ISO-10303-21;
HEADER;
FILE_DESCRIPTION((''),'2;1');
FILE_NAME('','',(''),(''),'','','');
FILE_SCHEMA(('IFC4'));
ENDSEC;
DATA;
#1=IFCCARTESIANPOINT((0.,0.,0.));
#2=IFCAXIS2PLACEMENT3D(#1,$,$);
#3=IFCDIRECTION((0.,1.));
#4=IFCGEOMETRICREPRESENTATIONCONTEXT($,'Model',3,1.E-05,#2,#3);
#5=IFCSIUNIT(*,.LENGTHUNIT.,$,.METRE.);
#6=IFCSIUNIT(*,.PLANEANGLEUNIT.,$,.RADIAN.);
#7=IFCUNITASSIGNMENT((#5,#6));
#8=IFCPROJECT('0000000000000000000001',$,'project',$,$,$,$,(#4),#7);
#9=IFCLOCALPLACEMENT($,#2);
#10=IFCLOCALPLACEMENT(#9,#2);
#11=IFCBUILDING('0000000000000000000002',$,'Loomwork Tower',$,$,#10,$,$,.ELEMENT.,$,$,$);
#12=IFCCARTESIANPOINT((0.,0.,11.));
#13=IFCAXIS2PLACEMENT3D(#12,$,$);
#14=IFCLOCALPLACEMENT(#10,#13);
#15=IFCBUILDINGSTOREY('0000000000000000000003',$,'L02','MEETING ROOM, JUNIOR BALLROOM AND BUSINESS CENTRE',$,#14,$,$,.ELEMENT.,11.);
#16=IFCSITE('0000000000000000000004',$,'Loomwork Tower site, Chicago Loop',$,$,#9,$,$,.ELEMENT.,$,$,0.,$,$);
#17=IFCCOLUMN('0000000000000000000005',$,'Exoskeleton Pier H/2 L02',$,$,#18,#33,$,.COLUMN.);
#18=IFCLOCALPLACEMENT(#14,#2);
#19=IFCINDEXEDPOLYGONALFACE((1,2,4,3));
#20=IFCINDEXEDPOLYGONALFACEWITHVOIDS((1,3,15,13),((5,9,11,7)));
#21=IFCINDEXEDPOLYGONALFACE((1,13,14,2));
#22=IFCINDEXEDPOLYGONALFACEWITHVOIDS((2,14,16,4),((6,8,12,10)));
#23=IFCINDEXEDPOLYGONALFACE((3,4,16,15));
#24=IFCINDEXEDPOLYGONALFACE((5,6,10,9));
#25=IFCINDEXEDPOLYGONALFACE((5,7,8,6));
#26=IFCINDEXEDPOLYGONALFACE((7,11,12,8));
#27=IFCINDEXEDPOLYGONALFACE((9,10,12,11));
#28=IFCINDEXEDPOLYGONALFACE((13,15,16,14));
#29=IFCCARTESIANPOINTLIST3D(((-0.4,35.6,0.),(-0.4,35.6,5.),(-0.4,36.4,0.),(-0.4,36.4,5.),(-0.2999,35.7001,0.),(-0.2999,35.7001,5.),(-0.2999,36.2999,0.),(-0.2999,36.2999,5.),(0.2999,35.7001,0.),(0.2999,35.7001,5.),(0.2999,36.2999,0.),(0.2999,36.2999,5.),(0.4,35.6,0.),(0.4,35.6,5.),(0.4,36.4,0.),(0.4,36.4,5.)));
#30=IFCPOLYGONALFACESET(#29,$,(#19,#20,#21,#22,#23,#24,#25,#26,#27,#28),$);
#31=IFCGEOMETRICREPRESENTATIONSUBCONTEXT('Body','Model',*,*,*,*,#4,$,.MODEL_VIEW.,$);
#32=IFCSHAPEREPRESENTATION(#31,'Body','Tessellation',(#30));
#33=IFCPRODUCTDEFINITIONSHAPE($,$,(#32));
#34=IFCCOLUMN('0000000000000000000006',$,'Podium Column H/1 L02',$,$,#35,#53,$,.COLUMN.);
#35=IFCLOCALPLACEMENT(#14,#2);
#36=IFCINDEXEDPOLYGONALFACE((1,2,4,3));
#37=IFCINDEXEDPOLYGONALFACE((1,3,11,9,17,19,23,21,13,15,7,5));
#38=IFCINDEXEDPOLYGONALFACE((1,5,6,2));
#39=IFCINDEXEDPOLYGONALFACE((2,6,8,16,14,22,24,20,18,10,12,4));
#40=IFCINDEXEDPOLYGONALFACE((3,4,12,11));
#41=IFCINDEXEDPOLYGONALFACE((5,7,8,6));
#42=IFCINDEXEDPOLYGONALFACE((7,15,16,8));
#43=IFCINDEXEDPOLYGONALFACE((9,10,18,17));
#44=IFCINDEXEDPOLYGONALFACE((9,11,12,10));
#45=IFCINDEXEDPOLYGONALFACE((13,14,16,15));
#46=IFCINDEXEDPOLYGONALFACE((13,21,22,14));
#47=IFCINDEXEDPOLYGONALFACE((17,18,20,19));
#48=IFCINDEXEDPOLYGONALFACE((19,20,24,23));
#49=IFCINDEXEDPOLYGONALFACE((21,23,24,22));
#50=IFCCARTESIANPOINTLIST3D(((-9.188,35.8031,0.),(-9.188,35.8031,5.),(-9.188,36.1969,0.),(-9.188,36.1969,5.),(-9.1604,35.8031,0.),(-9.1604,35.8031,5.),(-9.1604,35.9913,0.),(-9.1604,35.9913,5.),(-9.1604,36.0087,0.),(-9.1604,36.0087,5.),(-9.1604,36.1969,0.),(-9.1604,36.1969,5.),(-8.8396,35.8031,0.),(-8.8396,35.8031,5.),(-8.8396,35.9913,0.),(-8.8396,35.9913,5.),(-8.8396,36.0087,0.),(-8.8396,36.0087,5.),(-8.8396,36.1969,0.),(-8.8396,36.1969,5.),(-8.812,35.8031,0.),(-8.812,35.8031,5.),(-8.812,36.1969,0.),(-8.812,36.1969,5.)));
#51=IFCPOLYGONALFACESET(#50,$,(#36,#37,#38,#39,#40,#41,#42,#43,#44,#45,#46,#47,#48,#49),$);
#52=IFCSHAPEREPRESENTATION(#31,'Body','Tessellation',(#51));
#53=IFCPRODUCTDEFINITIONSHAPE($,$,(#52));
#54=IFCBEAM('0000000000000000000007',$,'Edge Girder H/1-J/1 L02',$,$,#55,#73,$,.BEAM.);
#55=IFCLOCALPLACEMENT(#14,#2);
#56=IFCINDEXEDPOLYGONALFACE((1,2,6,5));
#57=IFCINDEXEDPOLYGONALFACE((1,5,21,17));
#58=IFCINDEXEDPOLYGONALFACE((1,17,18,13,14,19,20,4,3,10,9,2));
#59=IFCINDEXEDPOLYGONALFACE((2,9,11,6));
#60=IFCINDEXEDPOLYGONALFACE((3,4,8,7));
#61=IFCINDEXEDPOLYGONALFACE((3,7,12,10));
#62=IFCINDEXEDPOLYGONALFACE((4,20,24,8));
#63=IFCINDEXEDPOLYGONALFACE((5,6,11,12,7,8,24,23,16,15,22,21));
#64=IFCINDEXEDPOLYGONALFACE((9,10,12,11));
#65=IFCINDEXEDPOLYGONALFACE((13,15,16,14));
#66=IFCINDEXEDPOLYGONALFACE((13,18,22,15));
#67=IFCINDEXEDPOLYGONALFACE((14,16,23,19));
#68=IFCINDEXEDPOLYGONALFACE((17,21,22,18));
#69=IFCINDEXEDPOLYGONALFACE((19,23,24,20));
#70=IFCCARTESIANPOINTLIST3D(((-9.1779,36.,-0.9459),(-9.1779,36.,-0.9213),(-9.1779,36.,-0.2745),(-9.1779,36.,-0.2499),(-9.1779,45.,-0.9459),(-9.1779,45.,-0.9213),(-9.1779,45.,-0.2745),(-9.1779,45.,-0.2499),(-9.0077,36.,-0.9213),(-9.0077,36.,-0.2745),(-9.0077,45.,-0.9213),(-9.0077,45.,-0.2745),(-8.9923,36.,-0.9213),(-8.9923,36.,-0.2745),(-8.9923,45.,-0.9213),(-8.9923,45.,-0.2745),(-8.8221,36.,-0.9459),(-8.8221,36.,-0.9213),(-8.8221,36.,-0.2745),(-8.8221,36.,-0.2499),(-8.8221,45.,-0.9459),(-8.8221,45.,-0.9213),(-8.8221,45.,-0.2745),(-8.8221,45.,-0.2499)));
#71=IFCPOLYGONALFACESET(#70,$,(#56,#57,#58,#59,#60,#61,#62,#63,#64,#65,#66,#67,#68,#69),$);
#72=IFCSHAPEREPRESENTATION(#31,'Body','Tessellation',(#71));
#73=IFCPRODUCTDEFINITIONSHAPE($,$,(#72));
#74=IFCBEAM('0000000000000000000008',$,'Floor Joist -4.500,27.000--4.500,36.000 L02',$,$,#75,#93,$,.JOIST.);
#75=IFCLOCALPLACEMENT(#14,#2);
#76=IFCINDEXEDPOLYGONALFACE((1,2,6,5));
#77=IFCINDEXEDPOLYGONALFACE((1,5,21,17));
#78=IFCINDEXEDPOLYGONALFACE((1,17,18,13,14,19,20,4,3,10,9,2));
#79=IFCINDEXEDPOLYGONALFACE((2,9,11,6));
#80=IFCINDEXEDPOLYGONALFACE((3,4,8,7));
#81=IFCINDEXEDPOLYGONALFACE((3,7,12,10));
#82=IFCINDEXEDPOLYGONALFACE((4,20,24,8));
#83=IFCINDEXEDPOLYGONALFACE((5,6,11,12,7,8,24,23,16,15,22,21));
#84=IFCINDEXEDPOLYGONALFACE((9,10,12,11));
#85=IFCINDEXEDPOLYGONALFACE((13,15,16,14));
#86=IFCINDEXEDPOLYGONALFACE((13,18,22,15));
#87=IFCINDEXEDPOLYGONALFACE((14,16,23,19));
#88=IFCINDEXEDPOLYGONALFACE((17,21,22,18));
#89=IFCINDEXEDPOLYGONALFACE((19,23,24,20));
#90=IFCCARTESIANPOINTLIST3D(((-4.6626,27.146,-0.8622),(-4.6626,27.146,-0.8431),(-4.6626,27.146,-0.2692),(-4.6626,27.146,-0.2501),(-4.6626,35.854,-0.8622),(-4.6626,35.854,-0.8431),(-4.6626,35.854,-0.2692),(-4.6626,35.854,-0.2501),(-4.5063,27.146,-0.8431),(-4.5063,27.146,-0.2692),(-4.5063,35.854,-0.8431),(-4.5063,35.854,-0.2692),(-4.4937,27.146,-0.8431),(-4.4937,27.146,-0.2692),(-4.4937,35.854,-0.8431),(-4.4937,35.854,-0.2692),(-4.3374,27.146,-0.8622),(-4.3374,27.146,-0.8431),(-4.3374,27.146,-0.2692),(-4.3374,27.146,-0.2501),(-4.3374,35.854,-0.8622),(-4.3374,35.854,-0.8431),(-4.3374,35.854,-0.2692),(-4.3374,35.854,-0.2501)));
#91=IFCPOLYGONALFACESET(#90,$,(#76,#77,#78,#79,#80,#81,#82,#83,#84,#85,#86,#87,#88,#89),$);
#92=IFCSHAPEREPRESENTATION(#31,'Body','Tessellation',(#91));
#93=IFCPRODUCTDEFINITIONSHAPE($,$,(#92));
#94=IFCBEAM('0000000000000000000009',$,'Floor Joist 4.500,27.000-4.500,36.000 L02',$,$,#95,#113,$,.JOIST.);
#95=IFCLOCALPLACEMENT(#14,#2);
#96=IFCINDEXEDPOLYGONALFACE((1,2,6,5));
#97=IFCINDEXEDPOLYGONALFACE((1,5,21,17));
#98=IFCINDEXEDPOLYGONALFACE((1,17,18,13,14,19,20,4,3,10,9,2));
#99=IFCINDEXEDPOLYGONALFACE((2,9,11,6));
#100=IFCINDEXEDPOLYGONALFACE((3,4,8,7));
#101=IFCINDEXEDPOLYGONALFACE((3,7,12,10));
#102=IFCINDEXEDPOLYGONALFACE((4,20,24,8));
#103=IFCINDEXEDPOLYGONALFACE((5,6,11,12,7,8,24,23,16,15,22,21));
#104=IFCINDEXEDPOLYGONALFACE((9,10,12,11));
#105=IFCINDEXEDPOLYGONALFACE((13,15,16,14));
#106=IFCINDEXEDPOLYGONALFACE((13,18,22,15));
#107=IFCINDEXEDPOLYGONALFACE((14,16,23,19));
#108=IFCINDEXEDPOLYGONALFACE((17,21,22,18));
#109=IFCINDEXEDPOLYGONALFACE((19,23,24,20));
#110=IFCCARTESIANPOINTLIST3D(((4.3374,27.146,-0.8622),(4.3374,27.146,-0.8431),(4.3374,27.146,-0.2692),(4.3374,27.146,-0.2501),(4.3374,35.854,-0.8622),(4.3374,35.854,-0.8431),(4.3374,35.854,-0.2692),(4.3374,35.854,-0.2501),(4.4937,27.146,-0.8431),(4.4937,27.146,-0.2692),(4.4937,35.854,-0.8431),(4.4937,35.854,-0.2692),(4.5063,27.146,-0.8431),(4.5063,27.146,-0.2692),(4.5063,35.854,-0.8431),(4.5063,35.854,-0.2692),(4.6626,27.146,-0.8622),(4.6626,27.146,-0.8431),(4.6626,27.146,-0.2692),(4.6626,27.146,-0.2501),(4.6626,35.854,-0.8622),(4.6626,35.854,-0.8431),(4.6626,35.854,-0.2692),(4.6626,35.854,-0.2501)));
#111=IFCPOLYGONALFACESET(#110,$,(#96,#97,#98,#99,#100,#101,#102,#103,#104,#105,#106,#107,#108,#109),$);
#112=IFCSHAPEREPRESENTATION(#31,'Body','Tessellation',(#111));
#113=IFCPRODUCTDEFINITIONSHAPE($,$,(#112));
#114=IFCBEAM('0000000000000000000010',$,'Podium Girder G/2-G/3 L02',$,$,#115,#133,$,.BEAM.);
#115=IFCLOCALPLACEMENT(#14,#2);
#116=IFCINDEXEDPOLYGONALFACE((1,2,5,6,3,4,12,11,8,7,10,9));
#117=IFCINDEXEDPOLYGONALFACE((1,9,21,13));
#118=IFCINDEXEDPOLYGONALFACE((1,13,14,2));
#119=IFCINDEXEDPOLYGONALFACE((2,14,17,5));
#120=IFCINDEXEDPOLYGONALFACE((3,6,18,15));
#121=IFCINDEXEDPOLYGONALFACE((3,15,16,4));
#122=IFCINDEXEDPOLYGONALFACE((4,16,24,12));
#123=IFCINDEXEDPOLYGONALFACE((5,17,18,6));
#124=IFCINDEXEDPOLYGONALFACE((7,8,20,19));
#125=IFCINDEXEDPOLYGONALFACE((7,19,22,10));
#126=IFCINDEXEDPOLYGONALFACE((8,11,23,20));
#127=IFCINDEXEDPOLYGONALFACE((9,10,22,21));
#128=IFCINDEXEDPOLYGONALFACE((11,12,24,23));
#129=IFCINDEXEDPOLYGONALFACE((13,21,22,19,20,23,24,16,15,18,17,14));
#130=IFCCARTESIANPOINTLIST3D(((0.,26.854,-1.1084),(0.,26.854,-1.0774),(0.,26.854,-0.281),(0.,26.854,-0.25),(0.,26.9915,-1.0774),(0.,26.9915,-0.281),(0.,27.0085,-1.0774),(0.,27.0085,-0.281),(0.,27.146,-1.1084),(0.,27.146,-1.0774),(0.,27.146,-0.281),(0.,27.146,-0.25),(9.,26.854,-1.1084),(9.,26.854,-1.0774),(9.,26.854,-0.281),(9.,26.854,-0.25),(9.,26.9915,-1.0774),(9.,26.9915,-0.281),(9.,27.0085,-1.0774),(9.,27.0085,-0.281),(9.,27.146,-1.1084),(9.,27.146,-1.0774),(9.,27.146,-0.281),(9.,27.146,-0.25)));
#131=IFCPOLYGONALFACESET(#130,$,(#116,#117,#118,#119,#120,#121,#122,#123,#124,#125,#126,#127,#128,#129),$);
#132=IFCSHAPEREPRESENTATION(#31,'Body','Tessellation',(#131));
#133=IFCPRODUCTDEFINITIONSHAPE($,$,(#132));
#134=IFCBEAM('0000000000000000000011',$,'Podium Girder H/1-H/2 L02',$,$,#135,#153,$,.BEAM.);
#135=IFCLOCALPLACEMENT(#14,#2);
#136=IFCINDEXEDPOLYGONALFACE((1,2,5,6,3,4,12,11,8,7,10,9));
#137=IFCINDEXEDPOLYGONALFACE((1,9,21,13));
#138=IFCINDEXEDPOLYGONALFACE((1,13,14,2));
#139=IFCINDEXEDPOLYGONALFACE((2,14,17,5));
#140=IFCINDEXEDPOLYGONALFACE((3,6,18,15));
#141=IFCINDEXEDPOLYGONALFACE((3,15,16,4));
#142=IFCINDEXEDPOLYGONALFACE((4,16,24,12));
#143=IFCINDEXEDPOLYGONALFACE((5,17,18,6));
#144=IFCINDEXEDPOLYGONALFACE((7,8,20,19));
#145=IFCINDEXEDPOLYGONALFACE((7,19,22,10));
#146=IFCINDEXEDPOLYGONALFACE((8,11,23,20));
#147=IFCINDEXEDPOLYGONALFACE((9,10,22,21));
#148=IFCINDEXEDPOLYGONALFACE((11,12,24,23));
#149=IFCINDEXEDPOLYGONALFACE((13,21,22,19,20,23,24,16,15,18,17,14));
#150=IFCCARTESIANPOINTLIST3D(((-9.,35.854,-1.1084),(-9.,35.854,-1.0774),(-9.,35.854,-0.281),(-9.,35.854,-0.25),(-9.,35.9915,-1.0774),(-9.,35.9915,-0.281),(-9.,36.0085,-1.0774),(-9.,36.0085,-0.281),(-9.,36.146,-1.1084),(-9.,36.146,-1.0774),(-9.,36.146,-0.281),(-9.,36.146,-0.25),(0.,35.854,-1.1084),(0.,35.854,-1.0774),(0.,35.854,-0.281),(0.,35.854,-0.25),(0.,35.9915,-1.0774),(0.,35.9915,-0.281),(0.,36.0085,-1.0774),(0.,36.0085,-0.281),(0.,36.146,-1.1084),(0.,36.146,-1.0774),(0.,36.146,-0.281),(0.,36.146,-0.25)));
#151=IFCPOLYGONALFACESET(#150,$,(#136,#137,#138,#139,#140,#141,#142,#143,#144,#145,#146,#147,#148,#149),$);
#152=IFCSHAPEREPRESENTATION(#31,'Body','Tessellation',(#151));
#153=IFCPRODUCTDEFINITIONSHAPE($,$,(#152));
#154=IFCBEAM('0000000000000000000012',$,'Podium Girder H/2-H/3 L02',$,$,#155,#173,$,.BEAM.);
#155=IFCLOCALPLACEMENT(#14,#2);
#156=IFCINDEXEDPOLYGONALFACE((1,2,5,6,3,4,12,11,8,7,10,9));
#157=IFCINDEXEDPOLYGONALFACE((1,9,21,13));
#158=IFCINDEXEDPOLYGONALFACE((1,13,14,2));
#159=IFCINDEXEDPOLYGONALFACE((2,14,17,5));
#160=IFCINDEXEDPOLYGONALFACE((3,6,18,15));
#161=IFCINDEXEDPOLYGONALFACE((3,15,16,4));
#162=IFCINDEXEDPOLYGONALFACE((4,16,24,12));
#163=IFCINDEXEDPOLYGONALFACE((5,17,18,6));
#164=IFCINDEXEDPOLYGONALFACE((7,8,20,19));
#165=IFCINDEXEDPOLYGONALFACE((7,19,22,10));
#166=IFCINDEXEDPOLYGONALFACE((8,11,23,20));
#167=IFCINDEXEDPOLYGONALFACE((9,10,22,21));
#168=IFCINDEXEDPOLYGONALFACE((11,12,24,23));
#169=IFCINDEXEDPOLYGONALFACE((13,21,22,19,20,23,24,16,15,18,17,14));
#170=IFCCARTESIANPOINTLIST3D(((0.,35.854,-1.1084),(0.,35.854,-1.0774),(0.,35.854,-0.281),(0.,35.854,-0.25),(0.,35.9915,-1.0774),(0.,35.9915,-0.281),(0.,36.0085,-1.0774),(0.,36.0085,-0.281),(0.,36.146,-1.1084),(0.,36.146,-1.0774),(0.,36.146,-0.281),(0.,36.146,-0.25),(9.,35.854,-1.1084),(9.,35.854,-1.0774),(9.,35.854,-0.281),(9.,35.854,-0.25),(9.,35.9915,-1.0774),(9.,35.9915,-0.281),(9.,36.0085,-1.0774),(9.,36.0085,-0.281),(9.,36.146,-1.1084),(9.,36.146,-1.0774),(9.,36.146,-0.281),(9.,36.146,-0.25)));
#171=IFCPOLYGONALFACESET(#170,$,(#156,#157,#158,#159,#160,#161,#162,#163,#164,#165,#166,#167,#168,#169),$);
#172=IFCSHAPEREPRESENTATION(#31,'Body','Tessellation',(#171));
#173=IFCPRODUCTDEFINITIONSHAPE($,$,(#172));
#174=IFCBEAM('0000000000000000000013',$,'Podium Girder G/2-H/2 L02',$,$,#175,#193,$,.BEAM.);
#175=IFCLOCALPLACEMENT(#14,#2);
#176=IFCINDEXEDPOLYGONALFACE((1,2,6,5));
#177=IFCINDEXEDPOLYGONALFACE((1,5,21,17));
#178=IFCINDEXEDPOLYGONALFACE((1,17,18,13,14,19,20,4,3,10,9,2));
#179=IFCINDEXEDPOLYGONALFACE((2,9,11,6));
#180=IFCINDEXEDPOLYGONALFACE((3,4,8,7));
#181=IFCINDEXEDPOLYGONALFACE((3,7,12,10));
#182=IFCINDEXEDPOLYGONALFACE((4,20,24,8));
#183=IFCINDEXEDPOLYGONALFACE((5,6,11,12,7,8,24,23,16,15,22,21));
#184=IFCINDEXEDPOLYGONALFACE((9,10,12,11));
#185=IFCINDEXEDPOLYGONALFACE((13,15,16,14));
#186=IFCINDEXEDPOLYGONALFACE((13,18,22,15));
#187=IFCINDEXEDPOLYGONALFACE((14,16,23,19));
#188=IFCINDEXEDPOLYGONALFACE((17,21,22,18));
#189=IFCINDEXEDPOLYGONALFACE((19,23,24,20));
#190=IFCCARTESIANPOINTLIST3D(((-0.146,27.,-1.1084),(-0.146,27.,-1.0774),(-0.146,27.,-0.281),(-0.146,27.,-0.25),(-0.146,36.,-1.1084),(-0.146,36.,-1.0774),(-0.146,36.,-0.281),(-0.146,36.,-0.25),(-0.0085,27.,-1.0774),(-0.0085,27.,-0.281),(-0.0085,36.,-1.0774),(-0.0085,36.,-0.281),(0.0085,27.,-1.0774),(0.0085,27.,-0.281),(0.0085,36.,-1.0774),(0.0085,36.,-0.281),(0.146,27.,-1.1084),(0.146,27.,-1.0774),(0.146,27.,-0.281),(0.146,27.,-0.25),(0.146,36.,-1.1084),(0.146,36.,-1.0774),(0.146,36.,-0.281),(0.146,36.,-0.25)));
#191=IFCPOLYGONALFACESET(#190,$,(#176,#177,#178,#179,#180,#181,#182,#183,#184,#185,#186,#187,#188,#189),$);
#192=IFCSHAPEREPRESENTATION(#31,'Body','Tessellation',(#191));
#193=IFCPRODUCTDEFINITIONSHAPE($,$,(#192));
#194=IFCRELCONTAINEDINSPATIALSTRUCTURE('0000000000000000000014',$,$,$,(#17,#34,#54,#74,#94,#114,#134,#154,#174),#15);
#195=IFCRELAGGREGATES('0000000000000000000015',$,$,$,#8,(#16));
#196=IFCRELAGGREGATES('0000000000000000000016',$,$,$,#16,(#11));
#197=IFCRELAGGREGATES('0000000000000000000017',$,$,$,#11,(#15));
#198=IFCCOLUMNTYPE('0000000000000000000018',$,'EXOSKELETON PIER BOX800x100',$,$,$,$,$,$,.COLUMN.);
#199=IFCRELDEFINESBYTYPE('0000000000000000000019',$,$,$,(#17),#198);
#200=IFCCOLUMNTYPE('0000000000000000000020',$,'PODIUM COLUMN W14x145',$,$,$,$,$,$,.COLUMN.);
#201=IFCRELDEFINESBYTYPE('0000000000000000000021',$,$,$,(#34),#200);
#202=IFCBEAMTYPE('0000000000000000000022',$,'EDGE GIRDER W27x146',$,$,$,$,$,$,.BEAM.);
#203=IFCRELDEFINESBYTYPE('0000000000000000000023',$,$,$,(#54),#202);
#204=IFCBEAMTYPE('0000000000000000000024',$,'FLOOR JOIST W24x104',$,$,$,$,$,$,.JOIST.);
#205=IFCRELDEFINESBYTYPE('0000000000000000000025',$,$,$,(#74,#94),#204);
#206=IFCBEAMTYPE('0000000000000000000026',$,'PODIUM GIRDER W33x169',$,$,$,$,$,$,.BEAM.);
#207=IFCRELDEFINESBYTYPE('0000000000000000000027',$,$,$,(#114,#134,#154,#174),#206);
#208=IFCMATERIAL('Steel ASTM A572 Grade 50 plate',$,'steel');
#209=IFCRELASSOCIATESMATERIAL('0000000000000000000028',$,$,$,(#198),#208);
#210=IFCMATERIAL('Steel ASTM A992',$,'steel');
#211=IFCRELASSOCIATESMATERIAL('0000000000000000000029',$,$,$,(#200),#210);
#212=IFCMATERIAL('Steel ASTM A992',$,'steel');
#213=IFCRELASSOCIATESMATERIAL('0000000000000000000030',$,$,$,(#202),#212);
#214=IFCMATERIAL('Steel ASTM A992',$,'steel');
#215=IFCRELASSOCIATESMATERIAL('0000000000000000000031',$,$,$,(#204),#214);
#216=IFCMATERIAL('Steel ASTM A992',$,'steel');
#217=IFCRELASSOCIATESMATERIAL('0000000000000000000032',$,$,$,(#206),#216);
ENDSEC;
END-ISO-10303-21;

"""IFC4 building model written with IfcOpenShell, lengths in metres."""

from ifc_helpers import new_model, si_unit, direction, frame, origin, origin_2d, place, context, subcontext, project, spatial, hollow_rectangle, i_section, extrude, material, material_profile, profile_set, type_object, element, save


model = new_model("IFC4")

# Units and contexts
model_context = context("Model", 3, precision=1e-05, world=origin(), true_north=direction((0.0, 1.0)))
body_context = subcontext(model_context, "Body", "Model", "MODEL_VIEW")
ifc_project = project(units=[si_unit("LENGTHUNIT", "METRE"), si_unit("PLANEANGLEUNIT", "RADIAN")], contexts=[model_context])

# Site, building, storey
site_placement = place(None, origin())
site = spatial("IfcSite", under=ifc_project, at=site_placement, Name="Loomwork Tower site, Chicago Loop", CompositionType="ELEMENT", RefElevation=0.0)
building_placement = place(site_placement, origin())
building = spatial("IfcBuilding", under=site, at=building_placement, Name="Loomwork Tower", CompositionType="ELEMENT")
storey_placement = place(building_placement, frame((0.0, 0.0, 11.0)))
storey = spatial("IfcBuildingStorey", under=building, at=storey_placement, Name="L02", Description="MEETING ROOM, JUNIOR BALLROOM AND BUSINESS CENTRE", CompositionType="ELEMENT", Elevation=11.0)

# Columns
ifc_material_1 = material(Name="Steel ASTM A572 Grade 50 plate", Category="steel")
ifc_material_profile_1 = material_profile(ifc_material_1, hollow_rectangle(XDim=0.8, YDim=0.8, WallThickness=0.1001, at=origin_2d()), Name="BOX800x100")
ifc_profile_set_1 = profile_set([ifc_material_profile_1], Name="Steel ASTM A572 Grade 50 plate")
column_type_1 = type_object("IfcColumnType", Name="EXOSKELETON PIER BOX800x100", PredefinedType="COLUMN", material=ifc_profile_set_1)
column_1_placement = place(storey_placement, frame((0.0, 36.0, 0.0), z_axis=(0.0, 0.0, 1.0), x_axis=(1.0, 0.0, 0.0)))
element("IfcColumn", 1, at=column_1_placement, inside=storey, type_object=column_type_1, Name="Exoskeleton Pier H/2 L02", PredefinedType="COLUMN", context=body_context, shape_type="SweptSolid", body=[
    extrude(hollow_rectangle(XDim=0.8, YDim=0.8, WallThickness=0.1001, at=origin_2d()), origin(), (0.0, 0.0, 1.0), 5.0),
])
ifc_material_2 = material(Name="Steel ASTM A992", Category="steel")
ifc_material_profile_2 = material_profile(ifc_material_2, i_section(OverallWidth=0.3938, OverallDepth=0.376, WebThickness=0.0173, FlangeThickness=0.0276, at=origin_2d()), Name="W14x145")
ifc_profile_set_2 = profile_set([ifc_material_profile_2], Name="Steel ASTM A992")
column_type_2 = type_object("IfcColumnType", Name="PODIUM COLUMN W14x145", PredefinedType="COLUMN", material=ifc_profile_set_2)
column_2_placement = place(storey_placement, frame((-9.0, 36.0, 0.0), z_axis=(0.0, 0.0, 1.0), x_axis=(0.0, 1.0, 0.0)))
element("IfcColumn", 2, at=column_2_placement, inside=storey, type_object=column_type_2, Name="Podium Column H/1 L02", PredefinedType="COLUMN", context=body_context, shape_type="SweptSolid", body=[
    extrude(i_section(OverallWidth=0.3938, OverallDepth=0.376, WebThickness=0.0173, FlangeThickness=0.0276, at=origin_2d()), origin(), (0.0, 0.0, 1.0), 5.0),
])

# Beams
ifc_material_3 = material(Name="Steel ASTM A992", Category="steel")
ifc_material_profile_3 = material_profile(ifc_material_3, i_section(OverallWidth=0.3557, OverallDepth=0.696, WebThickness=0.0154, FlangeThickness=0.0247, at=origin_2d()), Name="W27x146")
ifc_profile_set_3 = profile_set([ifc_material_profile_3], Name="Steel ASTM A992")
beam_type_1 = type_object("IfcBeamType", Name="EDGE GIRDER W27x146", PredefinedType="BEAM", material=ifc_profile_set_3)
beam_placement = place(storey_placement, frame((-9.0, 36.0, -0.5979), z_axis=(0.0, 1.0, 0.0), x_axis=(-1.0, 0.0, 0.0)))
element("IfcBeam", 3, at=beam_placement, inside=storey, type_object=beam_type_1, Name="Edge Girder H/1-J/1 L02", PredefinedType="BEAM", context=body_context, shape_type="SweptSolid", body=[
    extrude(i_section(OverallWidth=0.3557, OverallDepth=0.696, WebThickness=0.0154, FlangeThickness=0.0247, at=origin_2d()), origin(), (0.0, 0.0, 1.0), 9.0),
])
ifc_material_4 = material(Name="Steel ASTM A992", Category="steel")
ifc_material_profile_4 = material_profile(ifc_material_4, i_section(OverallWidth=0.3252, OverallDepth=0.6121, WebThickness=0.0127, FlangeThickness=0.019, at=origin_2d()), Name="W24x104")
ifc_profile_set_4 = profile_set([ifc_material_profile_4], Name="Steel ASTM A992")
beam_type_2 = type_object("IfcBeamType", Name="FLOOR JOIST W24x104", PredefinedType="JOIST", material=ifc_profile_set_4)
for number, where, z_axis, x_axis, name in (
    (4, (-4.5, 27.146, -0.5562), (0.0, 1.0, 0.0), (-1.0, 0.0, 0.0), "Floor Joist -4.500,27.000--4.500,36.000 L02"),
    (5, (4.5, 27.146, -0.5562), (0.0, 1.0, 0.0), (-1.0, 0.0, 0.0), "Floor Joist 4.500,27.000-4.500,36.000 L02"),
):
    element("IfcBeam", number, at=place(storey_placement, frame(where, z_axis=z_axis, x_axis=x_axis)), inside=storey, type_object=beam_type_2, Name=name, PredefinedType="JOIST", context=body_context, shape_type="SweptSolid", body=[
        extrude(i_section(OverallWidth=0.3252, OverallDepth=0.6121, WebThickness=0.0127, FlangeThickness=0.019, at=origin_2d()), origin(), (0.0, 0.0, 1.0), 8.708),
    ])
ifc_material_5 = material(Name="Steel ASTM A992", Category="steel")
ifc_material_profile_5 = material_profile(ifc_material_5, i_section(OverallWidth=0.292, OverallDepth=0.8584, WebThickness=0.0171, FlangeThickness=0.031, at=origin_2d()), Name="W33x169")
ifc_profile_set_5 = profile_set([ifc_material_profile_5], Name="Steel ASTM A992")
beam_type_3 = type_object("IfcBeamType", Name="PODIUM GIRDER W33x169", PredefinedType="BEAM", material=ifc_profile_set_5)
for number, where, z_axis, x_axis, name in (
    (6, (0.0, 27.0, -0.6792), (1.0, 0.0, 0.0), (0.0, 1.0, 0.0), "Podium Girder G/2-G/3 L02"),
    (7, (-9.0, 36.0, -0.6792), (1.0, 0.0, 0.0), (0.0, 1.0, 0.0), "Podium Girder H/1-H/2 L02"),
    (8, (0.0, 36.0, -0.6792), (1.0, 0.0, 0.0), (0.0, 1.0, 0.0), "Podium Girder H/2-H/3 L02"),
    (9, (0.0, 27.0, -0.6792), (0.0, 1.0, 0.0), (-1.0, 0.0, 0.0), "Podium Girder G/2-H/2 L02"),
):
    element("IfcBeam", number, at=place(storey_placement, frame(where, z_axis=z_axis, x_axis=x_axis)), inside=storey, type_object=beam_type_3, Name=name, PredefinedType="BEAM", context=body_context, shape_type="SweptSolid", body=[
        extrude(i_section(OverallWidth=0.292, OverallDepth=0.8584, WebThickness=0.0171, FlangeThickness=0.031, at=origin_2d()), origin(), (0.0, 0.0, 1.0), 9.0),
    ])

save(model, "model.ifc")
